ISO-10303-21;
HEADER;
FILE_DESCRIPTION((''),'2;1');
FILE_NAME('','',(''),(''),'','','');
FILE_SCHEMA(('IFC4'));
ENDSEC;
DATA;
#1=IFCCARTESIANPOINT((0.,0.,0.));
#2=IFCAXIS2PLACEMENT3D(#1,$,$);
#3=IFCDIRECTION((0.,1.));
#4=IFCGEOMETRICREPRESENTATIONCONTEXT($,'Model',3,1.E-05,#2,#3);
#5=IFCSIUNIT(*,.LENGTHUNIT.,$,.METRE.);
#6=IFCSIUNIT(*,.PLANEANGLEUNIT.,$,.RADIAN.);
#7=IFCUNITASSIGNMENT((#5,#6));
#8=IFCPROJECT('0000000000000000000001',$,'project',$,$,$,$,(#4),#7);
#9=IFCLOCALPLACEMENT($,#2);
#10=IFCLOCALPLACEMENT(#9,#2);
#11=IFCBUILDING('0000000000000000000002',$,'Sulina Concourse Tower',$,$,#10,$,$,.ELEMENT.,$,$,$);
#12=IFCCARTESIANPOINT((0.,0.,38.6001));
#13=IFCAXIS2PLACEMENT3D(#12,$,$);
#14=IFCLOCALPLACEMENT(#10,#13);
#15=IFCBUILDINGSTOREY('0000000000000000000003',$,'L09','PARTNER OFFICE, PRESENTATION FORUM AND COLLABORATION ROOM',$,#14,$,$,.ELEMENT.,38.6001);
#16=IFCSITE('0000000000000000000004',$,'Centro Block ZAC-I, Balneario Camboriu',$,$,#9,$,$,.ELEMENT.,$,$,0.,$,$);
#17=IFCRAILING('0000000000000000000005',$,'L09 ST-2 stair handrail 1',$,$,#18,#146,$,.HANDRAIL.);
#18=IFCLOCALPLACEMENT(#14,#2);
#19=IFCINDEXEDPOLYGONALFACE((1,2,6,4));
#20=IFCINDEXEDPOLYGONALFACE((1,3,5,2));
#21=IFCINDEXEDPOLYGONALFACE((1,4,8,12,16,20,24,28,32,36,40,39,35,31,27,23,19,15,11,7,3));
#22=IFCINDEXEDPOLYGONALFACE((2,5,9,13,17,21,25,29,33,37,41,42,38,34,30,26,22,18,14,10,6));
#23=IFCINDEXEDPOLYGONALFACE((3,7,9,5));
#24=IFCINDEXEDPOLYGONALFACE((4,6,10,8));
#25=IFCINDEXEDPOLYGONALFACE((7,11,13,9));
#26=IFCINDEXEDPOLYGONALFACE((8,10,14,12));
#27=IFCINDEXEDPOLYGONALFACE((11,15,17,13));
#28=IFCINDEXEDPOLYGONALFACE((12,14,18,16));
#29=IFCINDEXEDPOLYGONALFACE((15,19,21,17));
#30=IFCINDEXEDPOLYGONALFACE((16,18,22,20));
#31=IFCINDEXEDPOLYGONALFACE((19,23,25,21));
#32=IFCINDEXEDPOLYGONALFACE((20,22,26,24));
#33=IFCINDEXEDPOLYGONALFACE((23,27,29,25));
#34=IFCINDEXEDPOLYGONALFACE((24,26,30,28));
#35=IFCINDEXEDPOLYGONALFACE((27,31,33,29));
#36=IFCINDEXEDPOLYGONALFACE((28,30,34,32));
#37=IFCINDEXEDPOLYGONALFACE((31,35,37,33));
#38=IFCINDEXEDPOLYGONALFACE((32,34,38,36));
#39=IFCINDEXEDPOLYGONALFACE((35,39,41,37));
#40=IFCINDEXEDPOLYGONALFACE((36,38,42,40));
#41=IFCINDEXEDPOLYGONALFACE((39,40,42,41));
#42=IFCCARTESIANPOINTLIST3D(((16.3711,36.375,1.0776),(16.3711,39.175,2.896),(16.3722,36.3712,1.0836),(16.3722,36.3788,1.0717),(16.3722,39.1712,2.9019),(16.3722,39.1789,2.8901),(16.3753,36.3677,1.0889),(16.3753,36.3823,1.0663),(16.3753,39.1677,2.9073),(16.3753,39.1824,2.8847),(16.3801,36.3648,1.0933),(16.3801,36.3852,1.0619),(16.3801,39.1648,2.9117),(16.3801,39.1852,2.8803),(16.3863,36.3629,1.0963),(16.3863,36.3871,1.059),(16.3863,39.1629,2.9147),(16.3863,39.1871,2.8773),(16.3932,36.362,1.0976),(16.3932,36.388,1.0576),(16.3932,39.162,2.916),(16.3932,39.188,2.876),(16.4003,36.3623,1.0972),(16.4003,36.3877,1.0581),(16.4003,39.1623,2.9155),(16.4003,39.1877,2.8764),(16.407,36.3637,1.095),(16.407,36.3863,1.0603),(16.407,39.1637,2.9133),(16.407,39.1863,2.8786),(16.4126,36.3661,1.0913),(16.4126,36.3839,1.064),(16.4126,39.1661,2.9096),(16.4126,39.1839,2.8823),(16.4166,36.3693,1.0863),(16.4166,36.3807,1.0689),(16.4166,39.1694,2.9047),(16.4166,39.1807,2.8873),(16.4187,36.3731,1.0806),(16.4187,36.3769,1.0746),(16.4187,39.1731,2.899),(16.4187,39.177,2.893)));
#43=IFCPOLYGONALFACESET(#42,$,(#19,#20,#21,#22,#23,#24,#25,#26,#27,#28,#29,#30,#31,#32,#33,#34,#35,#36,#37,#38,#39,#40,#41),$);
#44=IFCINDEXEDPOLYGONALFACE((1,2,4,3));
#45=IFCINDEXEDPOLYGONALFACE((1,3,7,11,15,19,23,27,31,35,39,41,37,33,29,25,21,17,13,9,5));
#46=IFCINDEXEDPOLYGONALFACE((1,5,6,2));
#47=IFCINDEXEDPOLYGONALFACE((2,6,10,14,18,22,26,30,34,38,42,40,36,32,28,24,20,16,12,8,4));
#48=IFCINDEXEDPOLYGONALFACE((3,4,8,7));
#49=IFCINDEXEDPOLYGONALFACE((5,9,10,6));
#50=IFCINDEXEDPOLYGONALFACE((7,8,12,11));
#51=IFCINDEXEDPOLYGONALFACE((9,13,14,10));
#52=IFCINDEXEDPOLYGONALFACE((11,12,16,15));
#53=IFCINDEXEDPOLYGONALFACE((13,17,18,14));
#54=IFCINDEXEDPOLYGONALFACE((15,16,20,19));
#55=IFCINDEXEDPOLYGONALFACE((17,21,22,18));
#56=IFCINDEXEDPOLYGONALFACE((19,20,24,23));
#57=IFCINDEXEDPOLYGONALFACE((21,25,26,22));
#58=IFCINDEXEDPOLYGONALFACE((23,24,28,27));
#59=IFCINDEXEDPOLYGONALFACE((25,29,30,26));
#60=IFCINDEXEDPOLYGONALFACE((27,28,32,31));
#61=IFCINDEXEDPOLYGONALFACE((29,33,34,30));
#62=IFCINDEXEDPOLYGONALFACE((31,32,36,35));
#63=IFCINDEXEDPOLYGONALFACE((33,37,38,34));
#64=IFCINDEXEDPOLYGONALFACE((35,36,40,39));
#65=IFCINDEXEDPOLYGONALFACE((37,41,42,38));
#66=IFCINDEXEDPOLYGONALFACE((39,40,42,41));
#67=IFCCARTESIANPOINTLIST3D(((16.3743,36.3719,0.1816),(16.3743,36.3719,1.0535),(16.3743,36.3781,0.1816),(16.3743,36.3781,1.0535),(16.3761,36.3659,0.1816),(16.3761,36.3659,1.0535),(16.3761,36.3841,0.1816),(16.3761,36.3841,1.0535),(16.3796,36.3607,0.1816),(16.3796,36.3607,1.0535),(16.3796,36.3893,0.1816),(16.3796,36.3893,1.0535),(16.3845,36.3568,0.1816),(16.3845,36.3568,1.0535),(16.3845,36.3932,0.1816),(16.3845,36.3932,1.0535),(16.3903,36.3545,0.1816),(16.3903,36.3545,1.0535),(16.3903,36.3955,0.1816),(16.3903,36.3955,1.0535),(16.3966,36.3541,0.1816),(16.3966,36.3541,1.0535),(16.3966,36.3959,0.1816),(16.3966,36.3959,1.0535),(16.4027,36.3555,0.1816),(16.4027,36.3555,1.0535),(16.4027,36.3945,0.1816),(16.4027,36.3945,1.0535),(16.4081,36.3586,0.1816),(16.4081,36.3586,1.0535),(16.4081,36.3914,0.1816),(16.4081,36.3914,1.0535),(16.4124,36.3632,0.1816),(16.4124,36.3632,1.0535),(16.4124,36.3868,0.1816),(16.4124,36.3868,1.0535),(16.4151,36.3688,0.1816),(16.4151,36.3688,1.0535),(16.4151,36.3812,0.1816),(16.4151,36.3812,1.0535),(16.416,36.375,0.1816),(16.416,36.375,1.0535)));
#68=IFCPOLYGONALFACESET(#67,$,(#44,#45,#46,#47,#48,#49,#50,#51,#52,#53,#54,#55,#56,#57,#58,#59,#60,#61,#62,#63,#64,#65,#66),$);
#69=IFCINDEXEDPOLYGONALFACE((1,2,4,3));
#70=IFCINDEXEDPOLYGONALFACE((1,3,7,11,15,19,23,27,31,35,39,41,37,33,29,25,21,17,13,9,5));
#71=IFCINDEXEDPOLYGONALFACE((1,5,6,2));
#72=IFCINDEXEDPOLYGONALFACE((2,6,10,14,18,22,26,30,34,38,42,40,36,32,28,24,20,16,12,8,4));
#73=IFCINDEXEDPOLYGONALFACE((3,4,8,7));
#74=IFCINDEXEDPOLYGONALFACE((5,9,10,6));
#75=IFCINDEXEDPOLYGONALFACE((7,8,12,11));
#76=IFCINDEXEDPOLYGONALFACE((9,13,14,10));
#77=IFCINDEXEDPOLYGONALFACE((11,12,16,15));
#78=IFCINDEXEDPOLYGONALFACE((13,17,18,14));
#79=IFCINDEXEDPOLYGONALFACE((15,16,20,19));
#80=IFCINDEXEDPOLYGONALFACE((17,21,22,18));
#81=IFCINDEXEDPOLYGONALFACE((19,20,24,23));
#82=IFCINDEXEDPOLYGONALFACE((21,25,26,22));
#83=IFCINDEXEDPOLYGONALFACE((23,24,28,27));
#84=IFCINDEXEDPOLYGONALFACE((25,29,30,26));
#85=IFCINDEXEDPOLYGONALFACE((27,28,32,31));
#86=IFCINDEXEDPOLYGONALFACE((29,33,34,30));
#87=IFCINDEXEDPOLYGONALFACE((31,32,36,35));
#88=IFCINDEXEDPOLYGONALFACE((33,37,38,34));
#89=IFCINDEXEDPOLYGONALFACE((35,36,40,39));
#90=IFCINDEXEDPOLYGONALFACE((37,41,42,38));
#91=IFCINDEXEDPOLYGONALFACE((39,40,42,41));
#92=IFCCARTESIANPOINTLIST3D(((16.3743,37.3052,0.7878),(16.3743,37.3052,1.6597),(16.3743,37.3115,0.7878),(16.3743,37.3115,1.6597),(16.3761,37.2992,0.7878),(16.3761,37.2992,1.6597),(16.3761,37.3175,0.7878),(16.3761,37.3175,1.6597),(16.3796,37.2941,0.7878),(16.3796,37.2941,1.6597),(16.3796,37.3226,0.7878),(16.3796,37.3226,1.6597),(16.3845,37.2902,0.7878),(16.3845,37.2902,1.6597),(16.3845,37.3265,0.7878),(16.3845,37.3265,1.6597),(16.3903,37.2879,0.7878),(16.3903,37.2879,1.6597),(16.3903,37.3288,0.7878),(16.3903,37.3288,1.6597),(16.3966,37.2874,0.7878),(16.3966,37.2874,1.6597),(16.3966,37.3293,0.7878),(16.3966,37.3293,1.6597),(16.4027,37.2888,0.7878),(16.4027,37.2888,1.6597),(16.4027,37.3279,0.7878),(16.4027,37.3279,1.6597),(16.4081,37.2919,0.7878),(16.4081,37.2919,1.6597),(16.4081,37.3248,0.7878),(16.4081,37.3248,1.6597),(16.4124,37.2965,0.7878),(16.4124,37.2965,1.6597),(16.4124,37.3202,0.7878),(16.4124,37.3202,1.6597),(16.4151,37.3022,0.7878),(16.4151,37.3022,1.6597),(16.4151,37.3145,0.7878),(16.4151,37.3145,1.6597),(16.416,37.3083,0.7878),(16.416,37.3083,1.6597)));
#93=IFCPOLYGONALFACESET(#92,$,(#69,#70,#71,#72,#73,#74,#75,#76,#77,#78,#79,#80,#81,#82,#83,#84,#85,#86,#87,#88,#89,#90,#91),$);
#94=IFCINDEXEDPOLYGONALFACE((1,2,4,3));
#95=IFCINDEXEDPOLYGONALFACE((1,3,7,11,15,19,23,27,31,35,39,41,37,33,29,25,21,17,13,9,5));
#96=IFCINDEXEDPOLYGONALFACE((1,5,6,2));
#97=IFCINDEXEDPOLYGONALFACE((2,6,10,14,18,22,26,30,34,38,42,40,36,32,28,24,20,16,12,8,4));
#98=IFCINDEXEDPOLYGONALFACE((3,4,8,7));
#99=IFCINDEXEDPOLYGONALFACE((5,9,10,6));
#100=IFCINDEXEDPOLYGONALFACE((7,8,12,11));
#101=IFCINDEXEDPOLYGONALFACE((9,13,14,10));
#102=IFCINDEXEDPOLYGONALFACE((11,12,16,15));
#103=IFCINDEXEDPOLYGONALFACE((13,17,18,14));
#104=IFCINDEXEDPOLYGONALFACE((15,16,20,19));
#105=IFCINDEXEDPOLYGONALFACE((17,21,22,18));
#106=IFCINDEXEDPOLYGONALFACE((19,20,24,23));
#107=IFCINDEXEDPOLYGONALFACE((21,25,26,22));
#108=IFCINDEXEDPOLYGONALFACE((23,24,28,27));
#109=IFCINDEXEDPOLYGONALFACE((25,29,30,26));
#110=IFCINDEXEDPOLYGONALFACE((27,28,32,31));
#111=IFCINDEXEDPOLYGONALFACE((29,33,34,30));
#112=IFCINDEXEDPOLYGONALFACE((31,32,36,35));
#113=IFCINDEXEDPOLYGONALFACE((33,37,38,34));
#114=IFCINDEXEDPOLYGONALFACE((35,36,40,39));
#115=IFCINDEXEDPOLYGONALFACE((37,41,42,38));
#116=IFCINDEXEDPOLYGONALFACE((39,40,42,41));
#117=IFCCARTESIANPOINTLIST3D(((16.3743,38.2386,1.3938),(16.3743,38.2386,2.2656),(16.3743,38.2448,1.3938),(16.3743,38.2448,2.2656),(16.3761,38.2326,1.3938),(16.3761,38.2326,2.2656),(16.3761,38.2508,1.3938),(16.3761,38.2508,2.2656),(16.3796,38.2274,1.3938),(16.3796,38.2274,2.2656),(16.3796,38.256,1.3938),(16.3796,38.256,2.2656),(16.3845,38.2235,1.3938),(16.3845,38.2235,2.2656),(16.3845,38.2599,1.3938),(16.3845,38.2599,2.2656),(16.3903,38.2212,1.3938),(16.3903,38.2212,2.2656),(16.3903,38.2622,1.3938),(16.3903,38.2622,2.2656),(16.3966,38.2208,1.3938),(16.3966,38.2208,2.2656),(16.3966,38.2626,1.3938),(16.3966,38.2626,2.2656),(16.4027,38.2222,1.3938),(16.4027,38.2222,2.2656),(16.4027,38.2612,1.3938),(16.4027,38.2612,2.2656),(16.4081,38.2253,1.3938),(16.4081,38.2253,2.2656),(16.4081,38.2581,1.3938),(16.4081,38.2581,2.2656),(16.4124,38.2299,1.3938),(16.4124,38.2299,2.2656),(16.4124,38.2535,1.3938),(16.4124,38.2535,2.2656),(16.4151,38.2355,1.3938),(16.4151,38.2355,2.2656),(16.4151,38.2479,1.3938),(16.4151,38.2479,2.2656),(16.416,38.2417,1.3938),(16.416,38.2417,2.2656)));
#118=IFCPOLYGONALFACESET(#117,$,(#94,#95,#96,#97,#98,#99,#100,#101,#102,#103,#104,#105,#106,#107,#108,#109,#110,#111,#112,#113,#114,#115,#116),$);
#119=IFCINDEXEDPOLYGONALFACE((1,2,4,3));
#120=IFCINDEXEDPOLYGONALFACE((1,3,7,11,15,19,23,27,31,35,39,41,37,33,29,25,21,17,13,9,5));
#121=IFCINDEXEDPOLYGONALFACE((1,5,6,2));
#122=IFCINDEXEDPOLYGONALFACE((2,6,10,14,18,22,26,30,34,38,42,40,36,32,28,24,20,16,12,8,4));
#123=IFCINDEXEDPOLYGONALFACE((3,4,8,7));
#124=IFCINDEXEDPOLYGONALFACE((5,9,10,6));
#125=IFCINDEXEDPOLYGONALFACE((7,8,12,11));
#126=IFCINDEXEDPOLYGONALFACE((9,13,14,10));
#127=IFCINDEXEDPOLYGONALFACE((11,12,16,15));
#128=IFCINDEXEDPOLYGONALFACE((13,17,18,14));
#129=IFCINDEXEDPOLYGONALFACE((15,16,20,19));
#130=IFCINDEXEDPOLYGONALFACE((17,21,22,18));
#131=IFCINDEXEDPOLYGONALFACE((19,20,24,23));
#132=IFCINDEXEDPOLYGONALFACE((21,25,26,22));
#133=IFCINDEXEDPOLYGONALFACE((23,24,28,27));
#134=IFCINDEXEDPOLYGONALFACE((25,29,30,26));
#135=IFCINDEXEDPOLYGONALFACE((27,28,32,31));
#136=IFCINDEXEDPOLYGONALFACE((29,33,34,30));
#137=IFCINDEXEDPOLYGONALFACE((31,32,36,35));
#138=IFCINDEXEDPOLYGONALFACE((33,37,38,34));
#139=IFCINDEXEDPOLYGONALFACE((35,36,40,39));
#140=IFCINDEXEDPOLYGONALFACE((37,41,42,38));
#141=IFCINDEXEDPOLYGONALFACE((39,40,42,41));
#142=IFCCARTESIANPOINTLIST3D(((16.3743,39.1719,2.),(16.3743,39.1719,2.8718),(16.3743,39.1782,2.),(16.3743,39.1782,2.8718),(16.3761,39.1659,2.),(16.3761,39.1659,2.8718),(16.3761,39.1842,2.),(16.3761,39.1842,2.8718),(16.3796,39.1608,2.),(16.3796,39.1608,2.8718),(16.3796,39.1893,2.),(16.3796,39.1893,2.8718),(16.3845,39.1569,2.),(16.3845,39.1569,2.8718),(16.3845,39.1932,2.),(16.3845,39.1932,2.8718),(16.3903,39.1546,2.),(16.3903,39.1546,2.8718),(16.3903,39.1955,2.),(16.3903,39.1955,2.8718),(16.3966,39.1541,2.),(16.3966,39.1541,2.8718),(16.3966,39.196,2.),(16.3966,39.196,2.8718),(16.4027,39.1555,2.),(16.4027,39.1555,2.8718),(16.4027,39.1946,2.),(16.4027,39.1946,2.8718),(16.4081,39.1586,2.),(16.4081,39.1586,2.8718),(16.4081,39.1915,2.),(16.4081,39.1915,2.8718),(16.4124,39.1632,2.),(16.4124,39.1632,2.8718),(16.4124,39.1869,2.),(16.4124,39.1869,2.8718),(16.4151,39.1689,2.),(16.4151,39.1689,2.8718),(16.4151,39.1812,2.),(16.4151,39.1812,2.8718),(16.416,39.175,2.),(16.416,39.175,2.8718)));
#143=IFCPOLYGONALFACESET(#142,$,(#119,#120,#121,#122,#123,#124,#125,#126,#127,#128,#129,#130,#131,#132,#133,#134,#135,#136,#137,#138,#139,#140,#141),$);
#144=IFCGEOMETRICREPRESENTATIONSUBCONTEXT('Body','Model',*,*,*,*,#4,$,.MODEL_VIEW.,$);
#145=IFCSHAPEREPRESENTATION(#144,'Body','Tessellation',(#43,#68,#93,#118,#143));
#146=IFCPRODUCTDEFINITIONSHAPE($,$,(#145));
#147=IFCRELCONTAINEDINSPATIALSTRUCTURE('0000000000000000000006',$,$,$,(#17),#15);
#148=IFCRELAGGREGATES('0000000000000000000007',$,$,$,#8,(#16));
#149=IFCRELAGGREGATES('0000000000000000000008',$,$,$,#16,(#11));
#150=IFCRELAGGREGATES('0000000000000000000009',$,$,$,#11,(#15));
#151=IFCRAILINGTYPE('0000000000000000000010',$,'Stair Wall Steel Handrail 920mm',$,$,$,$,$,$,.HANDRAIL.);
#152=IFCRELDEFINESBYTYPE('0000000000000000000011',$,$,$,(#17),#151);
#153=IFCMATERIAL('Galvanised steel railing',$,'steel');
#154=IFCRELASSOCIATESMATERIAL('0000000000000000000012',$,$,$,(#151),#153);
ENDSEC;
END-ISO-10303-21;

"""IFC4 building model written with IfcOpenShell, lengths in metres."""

from ifc_helpers import new_model, si_unit, direction, frame, origin, origin_2d, place, context, subcontext, project, spatial, circle, extrude, material, type_object, element, save


model = new_model("IFC4")

# Units and contexts
model_context = context("Model", 3, precision=1e-05, world=origin(), true_north=direction((0.0, 1.0)))
body_context = subcontext(model_context, "Body", "Model", "MODEL_VIEW")
ifc_project = project(units=[si_unit("LENGTHUNIT", "METRE"), si_unit("PLANEANGLEUNIT", "RADIAN")], contexts=[model_context])

# Site, building, storey
site_placement = place(None, origin())
site = spatial("IfcSite", under=ifc_project, at=site_placement, Name="Centro Block ZAC-I, Balneario Camboriu", CompositionType="ELEMENT", RefElevation=0.0)
building_placement = place(site_placement, origin())
building = spatial("IfcBuilding", under=site, at=building_placement, Name="Sulina Concourse Tower", CompositionType="ELEMENT")
storey_placement = place(building_placement, frame((0.0, 0.0, 38.6001)))
storey = spatial("IfcBuildingStorey", under=building, at=storey_placement, Name="L09", Description="PARTNER OFFICE, PRESENTATION FORUM AND COLLABORATION ROOM", CompositionType="ELEMENT", Elevation=38.6001)

# Railing
ifc_material_1 = material(Name="Galvanised steel railing", Category="steel")
railing_type_1 = type_object("IfcRailingType", Name="Stair Wall Steel Handrail 920mm", PredefinedType="HANDRAIL", material=ifc_material_1)
railing_1_placement = place(storey_placement, frame((16.395, 36.375, 0.1816)))
element("IfcRailing", 1, at=railing_1_placement, inside=storey, type_object=railing_type_1, Name="L09 ST-2 stair handrail 1", PredefinedType="HANDRAIL", context=body_context, shape_type="SweptSolid", body=[
    extrude(circle(Radius=0.0239, at=origin_2d()), frame((0.0, 0.0, 0.896), z_axis=(0.0, 0.838672, 0.544636), x_axis=(-1.0, 0.0, 0.0)), (0.0, 0.0, 1.0), 3.3386),
    extrude(circle(Radius=0.021, at=origin_2d()), origin(), (0.0, 0.0, 1.0), 0.8718),
    extrude(circle(Radius=0.021, at=origin_2d()), frame((0.0, 0.9333, 0.6062)), (0.0, 0.0, 1.0), 0.8718),
    extrude(circle(Radius=0.021, at=origin_2d()), frame((0.0, 1.8667, 1.2122)), (0.0, 0.0, 1.0), 0.8718),
    extrude(circle(Radius=0.021, at=origin_2d()), frame((0.0, 2.8, 1.8184)), (0.0, 0.0, 1.0), 0.8718),
])

save(model, "model.ifc")
